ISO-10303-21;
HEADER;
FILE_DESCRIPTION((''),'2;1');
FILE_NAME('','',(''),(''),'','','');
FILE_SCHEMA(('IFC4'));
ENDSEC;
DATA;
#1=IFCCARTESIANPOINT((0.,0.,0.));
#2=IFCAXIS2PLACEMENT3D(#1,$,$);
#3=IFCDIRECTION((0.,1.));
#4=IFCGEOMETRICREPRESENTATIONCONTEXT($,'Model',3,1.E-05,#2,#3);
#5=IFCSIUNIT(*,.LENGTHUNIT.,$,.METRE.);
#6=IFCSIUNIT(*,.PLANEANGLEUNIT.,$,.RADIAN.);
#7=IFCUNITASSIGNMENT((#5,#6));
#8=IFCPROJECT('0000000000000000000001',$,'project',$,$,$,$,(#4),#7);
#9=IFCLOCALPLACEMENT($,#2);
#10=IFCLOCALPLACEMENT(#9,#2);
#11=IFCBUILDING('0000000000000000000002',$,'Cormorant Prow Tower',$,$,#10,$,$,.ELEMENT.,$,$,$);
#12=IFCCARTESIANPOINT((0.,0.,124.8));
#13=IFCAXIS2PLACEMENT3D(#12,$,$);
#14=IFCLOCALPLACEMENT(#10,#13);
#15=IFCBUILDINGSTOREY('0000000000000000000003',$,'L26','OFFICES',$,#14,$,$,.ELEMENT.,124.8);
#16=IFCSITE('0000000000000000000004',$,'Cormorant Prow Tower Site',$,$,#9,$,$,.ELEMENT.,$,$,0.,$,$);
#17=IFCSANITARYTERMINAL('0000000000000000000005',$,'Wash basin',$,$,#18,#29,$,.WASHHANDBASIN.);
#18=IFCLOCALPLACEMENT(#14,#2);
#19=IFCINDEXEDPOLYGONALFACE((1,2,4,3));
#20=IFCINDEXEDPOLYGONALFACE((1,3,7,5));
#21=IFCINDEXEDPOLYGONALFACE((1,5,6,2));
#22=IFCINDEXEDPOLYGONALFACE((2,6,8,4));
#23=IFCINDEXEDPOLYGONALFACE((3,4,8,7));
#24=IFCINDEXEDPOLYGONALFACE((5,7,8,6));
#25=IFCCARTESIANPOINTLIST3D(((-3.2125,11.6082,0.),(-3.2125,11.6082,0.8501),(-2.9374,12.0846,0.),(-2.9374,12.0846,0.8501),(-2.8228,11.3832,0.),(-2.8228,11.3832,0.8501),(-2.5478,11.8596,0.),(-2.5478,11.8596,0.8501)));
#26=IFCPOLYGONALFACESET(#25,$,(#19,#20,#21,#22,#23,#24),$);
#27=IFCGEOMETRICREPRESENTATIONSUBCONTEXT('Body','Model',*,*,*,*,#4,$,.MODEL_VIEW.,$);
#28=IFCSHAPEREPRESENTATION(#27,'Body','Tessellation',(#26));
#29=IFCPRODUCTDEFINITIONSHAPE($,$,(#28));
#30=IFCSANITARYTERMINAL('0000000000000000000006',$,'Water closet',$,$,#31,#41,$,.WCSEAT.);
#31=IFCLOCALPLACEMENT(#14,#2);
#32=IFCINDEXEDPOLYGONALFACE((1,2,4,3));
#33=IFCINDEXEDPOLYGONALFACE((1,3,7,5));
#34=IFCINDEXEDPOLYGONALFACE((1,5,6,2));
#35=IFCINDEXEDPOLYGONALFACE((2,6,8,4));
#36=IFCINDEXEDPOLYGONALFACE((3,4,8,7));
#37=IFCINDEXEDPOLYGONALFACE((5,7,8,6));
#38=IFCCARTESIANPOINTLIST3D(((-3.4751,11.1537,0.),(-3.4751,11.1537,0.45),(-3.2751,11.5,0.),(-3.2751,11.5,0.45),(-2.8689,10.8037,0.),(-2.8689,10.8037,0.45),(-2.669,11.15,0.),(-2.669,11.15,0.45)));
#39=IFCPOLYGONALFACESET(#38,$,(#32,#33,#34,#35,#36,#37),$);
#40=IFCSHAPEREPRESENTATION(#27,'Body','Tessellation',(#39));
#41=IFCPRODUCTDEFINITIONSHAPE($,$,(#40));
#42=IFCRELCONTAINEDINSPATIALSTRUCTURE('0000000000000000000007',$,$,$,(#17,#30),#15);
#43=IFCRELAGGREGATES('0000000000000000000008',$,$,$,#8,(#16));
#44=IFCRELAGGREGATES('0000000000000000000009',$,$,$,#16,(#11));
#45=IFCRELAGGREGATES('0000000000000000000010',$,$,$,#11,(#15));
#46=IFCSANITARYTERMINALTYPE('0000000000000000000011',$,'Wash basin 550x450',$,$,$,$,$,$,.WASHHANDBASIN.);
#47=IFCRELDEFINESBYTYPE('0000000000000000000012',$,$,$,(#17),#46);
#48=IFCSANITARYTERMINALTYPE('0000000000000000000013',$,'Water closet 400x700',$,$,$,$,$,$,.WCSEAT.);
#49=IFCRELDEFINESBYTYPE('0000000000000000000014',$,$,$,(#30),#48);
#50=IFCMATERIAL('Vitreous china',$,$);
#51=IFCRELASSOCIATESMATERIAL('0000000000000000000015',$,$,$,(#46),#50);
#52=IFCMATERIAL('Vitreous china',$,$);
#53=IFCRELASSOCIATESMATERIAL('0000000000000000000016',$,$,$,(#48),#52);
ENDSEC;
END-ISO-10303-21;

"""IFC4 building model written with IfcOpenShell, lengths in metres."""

from ifc_helpers import new_model, si_unit, direction, frame, origin, origin_2d, place, context, subcontext, project, spatial, rectangle, extrude, material, type_object, element, save


model = new_model("IFC4")

# Units and contexts
model_context = context("Model", 3, precision=1e-05, world=origin(), true_north=direction((0.0, 1.0)))
body_context = subcontext(model_context, "Body", "Model", "MODEL_VIEW")
ifc_project = project(units=[si_unit("LENGTHUNIT", "METRE"), si_unit("PLANEANGLEUNIT", "RADIAN")], contexts=[model_context])

# Site, building, storey
site_placement = place(None, origin())
site = spatial("IfcSite", under=ifc_project, at=site_placement, Name="Cormorant Prow Tower Site", CompositionType="ELEMENT", RefElevation=0.0)
building_placement = place(site_placement, origin())
building = spatial("IfcBuilding", under=site, at=building_placement, Name="Cormorant Prow Tower", CompositionType="ELEMENT")
storey_placement = place(building_placement, frame((0.0, 0.0, 124.8)))
storey = spatial("IfcBuildingStorey", under=building, at=storey_placement, Name="L26", Description="OFFICES", CompositionType="ELEMENT", Elevation=124.8)

# Sanitary terminals
ifc_material_1 = material(Name="Vitreous china")
sanitary_terminal_type_1 = type_object("IfcSanitaryTerminalType", Name="Wash basin 550x450", PredefinedType="WASHHANDBASIN", material=ifc_material_1)
sanitary_terminal_1_placement = place(storey_placement, frame((-2.8801, 11.7339, 0.0), z_axis=(0.0, 0.0, 1.0), x_axis=(-0.5, -0.866025, 0.0)))
element("IfcSanitaryTerminal", 1, at=sanitary_terminal_1_placement, inside=storey, type_object=sanitary_terminal_type_1, Name="Wash basin", PredefinedType="WASHHANDBASIN", context=body_context, shape_type="SweptSolid", body=[
    extrude(rectangle(XDim=0.55, YDim=0.45, at=origin_2d()), origin(), (0.0, 0.0, 1.0), 0.8501),
])
ifc_material_2 = material(Name="Vitreous china")
sanitary_terminal_type_2 = type_object("IfcSanitaryTerminalType", Name="Water closet 400x700", PredefinedType="WCSEAT", material=ifc_material_2)
sanitary_terminal_2_placement = place(storey_placement, frame((-3.072, 11.1519, 0.0), z_axis=(0.0, 0.0, 1.0), x_axis=(-0.5, -0.866025, 0.0)))
element("IfcSanitaryTerminal", 2, at=sanitary_terminal_2_placement, inside=storey, type_object=sanitary_terminal_type_2, Name="Water closet", PredefinedType="WCSEAT", context=body_context, shape_type="SweptSolid", body=[
    extrude(rectangle(XDim=0.3999, YDim=0.7, at=origin_2d()), origin(), (0.0, 0.0, 1.0), 0.45),
])

save(model, "model.ifc")
